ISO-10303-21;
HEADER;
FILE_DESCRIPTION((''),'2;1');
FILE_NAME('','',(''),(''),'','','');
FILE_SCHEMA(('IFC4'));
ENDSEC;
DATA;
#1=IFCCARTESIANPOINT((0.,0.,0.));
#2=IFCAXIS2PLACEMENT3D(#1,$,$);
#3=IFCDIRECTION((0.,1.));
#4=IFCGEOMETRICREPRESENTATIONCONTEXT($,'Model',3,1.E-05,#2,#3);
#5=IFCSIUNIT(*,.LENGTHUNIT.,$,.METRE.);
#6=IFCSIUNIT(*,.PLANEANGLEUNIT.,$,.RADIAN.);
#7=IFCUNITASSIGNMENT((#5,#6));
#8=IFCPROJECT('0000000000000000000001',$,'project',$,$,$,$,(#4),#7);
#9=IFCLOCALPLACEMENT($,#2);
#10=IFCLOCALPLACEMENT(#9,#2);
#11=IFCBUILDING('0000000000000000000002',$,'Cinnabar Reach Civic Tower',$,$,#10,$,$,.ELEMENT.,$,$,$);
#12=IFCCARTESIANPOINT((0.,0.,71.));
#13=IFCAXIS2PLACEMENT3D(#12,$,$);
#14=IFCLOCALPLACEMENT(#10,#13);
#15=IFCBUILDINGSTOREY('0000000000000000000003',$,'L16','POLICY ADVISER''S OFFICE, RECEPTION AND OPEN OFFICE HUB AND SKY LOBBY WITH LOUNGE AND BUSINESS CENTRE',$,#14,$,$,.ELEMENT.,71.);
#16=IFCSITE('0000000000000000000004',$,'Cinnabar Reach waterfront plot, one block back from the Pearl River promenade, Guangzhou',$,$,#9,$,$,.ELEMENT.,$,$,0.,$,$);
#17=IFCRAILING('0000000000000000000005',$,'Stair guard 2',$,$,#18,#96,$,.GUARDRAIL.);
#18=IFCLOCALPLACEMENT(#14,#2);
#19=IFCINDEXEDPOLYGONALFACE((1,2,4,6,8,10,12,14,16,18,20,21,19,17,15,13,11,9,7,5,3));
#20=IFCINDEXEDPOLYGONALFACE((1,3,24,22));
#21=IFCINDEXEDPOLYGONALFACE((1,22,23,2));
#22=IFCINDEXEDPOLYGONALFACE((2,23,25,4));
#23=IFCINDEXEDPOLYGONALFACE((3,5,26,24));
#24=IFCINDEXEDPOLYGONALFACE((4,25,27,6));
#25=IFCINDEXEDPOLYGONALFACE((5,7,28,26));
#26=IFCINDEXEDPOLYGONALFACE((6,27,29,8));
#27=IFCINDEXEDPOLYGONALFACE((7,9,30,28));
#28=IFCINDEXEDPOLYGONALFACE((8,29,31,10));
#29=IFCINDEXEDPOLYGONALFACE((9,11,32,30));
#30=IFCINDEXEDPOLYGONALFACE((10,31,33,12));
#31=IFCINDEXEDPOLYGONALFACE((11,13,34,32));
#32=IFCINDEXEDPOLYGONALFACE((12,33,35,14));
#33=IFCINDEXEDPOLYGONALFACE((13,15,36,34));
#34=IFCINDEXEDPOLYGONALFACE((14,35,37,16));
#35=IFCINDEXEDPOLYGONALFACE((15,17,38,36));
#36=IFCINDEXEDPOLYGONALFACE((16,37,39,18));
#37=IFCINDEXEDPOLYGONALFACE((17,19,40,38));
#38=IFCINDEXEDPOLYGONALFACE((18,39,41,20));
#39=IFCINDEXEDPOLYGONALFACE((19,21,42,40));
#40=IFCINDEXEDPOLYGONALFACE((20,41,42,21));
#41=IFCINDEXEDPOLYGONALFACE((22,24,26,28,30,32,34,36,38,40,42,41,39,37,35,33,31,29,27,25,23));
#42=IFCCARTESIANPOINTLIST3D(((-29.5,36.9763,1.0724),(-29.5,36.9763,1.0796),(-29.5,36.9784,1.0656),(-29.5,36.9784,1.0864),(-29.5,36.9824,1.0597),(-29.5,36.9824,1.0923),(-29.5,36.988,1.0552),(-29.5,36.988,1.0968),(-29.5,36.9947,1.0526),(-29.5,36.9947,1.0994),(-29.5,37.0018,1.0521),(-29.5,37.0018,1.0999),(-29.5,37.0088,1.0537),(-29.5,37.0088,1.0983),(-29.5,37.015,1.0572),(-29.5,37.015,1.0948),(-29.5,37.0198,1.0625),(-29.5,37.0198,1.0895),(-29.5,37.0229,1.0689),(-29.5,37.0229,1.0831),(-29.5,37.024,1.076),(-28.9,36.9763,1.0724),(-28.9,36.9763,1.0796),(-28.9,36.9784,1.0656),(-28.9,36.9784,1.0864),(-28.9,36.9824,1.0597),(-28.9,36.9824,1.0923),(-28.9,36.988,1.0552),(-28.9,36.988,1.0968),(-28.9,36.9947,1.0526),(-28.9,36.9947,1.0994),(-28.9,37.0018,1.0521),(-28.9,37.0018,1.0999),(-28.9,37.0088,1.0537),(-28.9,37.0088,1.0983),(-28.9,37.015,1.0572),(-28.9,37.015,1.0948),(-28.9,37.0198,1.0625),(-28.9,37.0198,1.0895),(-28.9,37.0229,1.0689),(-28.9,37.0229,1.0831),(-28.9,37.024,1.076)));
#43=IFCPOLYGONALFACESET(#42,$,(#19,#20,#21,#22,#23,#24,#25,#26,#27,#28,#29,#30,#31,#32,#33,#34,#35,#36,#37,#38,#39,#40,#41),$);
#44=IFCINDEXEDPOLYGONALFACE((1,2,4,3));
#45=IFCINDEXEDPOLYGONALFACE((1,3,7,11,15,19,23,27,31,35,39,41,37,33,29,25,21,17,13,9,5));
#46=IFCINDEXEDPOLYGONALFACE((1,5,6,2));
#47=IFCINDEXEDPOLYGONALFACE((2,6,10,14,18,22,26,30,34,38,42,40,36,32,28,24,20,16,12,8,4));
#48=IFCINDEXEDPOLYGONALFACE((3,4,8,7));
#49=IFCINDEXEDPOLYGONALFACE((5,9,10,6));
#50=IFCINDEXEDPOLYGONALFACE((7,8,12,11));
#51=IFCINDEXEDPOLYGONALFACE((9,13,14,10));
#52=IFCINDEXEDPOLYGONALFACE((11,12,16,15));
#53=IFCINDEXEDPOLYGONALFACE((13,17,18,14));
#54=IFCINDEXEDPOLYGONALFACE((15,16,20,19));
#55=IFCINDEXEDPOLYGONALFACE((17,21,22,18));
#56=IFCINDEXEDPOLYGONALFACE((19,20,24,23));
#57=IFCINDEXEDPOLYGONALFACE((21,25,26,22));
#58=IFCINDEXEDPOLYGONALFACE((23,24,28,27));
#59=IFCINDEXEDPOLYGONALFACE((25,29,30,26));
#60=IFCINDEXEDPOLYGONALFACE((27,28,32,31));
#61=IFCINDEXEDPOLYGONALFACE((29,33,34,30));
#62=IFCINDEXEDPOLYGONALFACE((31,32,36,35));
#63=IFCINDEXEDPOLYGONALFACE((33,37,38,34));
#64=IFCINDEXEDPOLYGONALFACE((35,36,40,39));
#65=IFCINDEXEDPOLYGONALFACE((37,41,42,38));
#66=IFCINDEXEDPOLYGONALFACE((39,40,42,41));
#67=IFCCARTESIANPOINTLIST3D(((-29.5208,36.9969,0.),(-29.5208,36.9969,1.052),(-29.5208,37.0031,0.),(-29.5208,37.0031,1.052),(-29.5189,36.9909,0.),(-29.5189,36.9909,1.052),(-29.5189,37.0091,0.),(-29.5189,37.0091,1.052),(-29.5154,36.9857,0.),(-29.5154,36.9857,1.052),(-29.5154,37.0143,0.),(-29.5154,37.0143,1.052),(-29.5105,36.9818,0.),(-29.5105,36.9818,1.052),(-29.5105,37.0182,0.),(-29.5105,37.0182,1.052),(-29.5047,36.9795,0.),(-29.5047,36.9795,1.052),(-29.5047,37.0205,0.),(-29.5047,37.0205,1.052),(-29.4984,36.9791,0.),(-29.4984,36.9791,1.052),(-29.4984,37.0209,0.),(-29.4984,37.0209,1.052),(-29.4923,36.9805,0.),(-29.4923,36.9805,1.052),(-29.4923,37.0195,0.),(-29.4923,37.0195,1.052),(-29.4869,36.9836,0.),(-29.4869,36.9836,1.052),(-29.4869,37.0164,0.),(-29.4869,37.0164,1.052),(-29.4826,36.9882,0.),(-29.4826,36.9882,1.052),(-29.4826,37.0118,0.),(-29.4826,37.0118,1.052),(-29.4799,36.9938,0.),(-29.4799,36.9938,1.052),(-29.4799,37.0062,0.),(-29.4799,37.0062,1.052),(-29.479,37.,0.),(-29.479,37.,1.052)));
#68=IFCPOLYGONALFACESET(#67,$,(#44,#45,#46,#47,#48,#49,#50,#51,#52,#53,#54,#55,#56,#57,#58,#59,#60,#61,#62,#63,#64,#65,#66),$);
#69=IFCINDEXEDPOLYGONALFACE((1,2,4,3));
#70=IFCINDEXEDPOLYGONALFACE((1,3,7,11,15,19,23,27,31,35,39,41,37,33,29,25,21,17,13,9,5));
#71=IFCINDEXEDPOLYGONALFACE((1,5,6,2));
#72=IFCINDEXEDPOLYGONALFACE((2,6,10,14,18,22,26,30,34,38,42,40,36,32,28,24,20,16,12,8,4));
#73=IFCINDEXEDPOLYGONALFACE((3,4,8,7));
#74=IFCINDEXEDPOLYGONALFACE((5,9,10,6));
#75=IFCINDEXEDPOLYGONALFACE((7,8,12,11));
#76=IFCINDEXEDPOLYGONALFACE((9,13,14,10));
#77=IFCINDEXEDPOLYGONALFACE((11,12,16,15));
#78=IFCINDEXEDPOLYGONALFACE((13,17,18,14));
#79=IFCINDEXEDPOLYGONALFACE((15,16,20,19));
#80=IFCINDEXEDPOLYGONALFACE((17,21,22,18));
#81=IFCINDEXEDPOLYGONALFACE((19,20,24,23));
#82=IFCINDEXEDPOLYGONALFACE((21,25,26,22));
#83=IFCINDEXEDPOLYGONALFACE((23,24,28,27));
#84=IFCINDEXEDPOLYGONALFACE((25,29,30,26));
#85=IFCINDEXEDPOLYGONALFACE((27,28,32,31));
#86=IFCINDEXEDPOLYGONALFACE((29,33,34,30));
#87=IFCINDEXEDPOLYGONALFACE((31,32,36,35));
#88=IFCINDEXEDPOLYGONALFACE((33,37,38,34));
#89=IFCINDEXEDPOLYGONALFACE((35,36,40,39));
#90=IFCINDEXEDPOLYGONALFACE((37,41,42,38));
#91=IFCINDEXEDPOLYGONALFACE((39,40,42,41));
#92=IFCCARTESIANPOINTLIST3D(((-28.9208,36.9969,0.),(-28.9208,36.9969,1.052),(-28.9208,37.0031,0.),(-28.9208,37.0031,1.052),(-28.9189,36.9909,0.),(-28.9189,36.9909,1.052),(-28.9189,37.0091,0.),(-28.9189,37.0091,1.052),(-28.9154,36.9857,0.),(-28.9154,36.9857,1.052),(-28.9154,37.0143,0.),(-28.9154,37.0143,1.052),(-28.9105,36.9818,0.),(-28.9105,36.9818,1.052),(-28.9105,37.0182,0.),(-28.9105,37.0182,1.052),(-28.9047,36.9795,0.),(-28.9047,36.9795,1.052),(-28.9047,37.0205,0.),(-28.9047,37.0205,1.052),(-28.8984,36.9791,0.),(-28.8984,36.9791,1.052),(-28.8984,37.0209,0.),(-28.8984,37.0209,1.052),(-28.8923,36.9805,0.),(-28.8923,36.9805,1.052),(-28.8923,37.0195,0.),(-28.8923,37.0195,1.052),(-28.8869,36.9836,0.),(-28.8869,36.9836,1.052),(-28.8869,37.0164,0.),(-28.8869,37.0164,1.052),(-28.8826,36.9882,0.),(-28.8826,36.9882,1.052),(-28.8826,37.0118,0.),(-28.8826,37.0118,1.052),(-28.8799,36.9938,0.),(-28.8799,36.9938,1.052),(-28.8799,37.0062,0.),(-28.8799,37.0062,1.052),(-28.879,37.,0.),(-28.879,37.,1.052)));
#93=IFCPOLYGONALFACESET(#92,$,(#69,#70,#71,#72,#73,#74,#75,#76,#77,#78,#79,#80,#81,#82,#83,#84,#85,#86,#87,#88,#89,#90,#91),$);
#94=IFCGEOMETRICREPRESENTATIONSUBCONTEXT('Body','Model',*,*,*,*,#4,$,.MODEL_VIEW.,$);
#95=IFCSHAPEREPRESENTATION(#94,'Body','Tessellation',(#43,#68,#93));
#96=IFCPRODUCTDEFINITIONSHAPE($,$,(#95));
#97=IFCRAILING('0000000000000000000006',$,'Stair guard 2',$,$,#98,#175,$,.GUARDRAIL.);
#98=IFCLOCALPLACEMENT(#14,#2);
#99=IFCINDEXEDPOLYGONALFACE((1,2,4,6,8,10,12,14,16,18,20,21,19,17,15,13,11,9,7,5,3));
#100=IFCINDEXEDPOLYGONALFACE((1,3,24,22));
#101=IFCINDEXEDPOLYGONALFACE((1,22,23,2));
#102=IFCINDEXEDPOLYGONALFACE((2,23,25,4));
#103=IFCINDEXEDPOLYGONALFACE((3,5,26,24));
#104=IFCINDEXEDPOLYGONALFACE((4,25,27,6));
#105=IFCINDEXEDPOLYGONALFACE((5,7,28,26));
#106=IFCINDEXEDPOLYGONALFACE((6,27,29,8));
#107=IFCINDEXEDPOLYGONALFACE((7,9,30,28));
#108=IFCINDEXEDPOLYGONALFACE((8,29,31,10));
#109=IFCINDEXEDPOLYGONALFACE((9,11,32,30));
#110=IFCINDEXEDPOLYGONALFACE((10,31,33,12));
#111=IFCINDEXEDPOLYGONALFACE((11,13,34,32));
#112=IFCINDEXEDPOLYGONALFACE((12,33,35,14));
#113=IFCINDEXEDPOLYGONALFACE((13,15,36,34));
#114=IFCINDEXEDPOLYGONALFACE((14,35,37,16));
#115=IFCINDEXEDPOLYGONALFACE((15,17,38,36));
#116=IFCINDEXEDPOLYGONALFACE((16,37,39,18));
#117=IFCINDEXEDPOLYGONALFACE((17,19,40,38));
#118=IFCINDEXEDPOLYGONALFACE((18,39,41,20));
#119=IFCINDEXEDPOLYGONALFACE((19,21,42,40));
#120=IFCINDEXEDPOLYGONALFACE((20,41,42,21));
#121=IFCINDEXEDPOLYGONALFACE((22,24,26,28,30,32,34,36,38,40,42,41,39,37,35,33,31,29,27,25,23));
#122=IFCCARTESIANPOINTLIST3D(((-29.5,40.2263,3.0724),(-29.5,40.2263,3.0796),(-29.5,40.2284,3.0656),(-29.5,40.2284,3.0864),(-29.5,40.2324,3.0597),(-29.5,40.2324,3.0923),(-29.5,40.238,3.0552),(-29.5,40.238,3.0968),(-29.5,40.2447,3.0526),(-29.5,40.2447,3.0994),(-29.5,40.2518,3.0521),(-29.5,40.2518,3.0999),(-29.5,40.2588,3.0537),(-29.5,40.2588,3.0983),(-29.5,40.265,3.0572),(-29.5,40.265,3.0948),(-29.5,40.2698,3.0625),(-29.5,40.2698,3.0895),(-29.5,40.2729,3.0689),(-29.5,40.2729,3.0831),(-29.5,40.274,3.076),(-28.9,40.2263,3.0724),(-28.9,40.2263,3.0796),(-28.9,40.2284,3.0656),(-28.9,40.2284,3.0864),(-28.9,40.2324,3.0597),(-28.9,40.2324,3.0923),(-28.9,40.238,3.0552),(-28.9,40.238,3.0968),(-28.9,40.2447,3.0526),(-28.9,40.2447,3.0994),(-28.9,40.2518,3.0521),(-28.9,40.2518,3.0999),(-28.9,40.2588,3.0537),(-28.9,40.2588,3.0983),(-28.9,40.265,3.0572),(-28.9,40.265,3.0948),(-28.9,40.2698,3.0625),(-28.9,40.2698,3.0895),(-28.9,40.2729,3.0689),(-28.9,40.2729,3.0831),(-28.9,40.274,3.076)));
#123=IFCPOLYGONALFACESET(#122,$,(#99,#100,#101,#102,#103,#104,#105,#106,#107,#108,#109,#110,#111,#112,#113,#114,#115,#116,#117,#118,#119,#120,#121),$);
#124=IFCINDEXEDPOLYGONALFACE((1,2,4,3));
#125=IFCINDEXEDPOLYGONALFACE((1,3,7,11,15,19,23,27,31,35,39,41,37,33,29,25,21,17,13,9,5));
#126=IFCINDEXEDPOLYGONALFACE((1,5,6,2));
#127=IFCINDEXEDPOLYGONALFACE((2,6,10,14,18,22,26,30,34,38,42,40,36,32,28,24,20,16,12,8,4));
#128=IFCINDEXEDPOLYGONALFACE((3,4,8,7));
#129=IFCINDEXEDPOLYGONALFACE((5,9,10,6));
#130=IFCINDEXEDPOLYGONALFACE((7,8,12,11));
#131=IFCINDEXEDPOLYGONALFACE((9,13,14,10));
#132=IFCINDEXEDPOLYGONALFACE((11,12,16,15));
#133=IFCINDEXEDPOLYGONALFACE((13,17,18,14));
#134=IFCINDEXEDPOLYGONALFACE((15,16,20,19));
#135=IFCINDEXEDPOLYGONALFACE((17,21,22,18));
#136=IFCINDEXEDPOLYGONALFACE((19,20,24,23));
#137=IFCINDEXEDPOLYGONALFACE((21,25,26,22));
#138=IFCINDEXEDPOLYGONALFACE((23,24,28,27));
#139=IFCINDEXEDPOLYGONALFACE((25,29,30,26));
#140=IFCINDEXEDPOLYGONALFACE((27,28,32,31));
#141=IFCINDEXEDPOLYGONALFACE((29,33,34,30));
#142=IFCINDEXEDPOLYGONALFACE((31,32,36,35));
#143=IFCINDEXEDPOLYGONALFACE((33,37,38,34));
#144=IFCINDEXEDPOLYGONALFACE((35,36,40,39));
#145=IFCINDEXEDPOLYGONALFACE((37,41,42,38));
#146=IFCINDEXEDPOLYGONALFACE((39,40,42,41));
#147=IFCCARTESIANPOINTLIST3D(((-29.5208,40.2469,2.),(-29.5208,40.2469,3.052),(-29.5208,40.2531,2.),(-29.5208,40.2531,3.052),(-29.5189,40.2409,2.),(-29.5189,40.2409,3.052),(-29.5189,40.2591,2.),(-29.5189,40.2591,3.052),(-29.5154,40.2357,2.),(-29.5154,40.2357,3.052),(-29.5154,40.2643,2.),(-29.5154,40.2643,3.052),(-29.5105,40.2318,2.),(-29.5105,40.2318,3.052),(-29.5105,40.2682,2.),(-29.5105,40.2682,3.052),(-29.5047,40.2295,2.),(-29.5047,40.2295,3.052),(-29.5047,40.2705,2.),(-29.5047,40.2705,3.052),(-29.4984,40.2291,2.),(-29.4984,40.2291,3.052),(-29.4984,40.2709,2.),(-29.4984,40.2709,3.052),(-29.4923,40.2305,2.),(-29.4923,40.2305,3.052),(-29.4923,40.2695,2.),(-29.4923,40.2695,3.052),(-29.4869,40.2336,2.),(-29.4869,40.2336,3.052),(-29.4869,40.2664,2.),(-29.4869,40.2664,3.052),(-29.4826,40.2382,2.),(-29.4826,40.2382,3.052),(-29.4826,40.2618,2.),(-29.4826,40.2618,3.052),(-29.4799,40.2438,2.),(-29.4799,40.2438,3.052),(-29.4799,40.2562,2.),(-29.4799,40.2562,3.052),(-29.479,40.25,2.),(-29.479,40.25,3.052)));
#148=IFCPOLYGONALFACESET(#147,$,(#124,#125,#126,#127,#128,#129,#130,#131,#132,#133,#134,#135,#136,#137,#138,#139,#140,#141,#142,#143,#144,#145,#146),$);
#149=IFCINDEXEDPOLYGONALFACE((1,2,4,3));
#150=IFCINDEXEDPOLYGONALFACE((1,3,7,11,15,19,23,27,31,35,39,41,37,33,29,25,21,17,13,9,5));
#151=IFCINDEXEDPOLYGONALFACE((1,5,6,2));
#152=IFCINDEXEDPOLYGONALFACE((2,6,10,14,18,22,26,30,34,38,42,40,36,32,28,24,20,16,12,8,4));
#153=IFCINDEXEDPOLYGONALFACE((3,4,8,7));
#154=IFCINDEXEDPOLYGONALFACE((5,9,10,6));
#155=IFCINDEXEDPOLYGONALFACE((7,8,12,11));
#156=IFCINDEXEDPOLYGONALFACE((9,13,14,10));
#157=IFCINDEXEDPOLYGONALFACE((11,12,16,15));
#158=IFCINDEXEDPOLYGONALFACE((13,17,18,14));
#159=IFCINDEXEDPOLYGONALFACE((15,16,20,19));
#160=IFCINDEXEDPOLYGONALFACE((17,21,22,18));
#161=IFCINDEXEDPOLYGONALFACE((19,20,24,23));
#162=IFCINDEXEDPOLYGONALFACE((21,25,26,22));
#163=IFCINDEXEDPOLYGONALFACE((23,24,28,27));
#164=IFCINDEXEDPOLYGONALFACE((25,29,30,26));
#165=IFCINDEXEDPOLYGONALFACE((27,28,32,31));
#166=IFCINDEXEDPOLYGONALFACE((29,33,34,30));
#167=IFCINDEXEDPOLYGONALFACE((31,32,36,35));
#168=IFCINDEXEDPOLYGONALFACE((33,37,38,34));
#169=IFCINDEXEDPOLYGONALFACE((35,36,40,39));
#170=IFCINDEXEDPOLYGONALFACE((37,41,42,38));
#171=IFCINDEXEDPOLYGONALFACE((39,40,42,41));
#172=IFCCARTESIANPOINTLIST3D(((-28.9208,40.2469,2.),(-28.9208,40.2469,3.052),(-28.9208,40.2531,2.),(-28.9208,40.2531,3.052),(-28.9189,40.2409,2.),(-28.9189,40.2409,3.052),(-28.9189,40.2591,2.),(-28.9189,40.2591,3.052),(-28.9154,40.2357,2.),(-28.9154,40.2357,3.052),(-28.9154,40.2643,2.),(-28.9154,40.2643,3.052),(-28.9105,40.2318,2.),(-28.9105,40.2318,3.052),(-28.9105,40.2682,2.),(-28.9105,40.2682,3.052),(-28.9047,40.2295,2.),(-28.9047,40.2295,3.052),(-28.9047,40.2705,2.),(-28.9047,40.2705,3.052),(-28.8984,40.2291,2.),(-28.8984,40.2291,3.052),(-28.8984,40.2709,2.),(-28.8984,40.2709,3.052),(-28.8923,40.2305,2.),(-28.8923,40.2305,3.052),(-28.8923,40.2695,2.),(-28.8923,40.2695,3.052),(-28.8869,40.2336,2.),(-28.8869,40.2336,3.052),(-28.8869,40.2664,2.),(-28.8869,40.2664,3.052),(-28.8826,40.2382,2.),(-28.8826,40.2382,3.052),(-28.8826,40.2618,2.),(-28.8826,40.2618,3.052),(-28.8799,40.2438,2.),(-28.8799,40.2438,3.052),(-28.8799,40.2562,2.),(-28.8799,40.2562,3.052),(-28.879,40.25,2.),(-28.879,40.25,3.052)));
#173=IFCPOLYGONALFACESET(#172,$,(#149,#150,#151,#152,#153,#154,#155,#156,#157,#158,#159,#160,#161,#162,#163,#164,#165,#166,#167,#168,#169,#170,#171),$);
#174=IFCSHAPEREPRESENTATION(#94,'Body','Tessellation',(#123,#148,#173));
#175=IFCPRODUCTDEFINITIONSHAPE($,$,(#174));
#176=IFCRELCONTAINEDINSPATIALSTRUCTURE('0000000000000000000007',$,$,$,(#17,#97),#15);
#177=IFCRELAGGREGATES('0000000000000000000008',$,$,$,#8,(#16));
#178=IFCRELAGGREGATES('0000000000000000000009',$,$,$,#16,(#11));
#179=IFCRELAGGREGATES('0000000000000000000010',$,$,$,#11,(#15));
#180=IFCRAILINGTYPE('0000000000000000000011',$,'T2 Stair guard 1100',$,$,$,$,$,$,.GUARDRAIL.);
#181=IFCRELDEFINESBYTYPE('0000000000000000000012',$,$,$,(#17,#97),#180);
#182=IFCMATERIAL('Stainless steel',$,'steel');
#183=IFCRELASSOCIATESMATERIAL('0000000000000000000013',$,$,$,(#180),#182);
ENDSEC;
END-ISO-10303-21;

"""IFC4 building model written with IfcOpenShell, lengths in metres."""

from ifc_helpers import new_model, si_unit, direction, frame, origin, origin_2d, place, context, subcontext, project, spatial, circle, extrude, material, type_object, element, save


model = new_model("IFC4")

# Units and contexts
model_context = context("Model", 3, precision=1e-05, world=origin(), true_north=direction((0.0, 1.0)))
body_context = subcontext(model_context, "Body", "Model", "MODEL_VIEW")
ifc_project = project(units=[si_unit("LENGTHUNIT", "METRE"), si_unit("PLANEANGLEUNIT", "RADIAN")], contexts=[model_context])

# Site, building, storey
site_placement = place(None, origin())
site = spatial("IfcSite", under=ifc_project, at=site_placement, Name="Cinnabar Reach waterfront plot, one block back from the Pearl River promenade, Guangzhou", CompositionType="ELEMENT", RefElevation=0.0)
building_placement = place(site_placement, origin())
building = spatial("IfcBuilding", under=site, at=building_placement, Name="Cinnabar Reach Civic Tower", CompositionType="ELEMENT")
storey_placement = place(building_placement, frame((0.0, 0.0, 71.0)))
storey = spatial("IfcBuildingStorey", under=building, at=storey_placement, Name="L16", Description="POLICY ADVISER'S OFFICE, RECEPTION AND OPEN OFFICE HUB AND SKY LOBBY WITH LOUNGE AND BUSINESS CENTRE", CompositionType="ELEMENT", Elevation=71.0)

# Railings
ifc_material_1 = material(Name="Stainless steel", Category="steel")
railing_type = type_object("IfcRailingType", Name="T2 Stair guard 1100", PredefinedType="GUARDRAIL", material=ifc_material_1)
for number, where, name in (
    (1, (-29.5, 37.0, 0.0), "Stair guard 2"),
    (2, (-29.5, 40.25, 2.0), "Stair guard 2"),
):
    element("IfcRailing", number, at=place(storey_placement, frame(where)), inside=storey, type_object=railing_type, Name=name, PredefinedType="GUARDRAIL", context=body_context, shape_type="SweptSolid", body=[
        extrude(circle(Radius=0.024, at=origin_2d()), frame((0.0, 0.0, 1.076), z_axis=(1.0, 0.0, 0.0), x_axis=(0.0, 1.0, 0.0)), (0.0, 0.0, 1.0), 0.6),
        extrude(circle(Radius=0.021, at=origin_2d()), origin(), (0.0, 0.0, 1.0), 1.052),
        extrude(circle(Radius=0.021, at=origin_2d()), frame((0.6, 0.0, 0.0)), (0.0, 0.0, 1.0), 1.052),
    ])

save(model, "model.ifc")
